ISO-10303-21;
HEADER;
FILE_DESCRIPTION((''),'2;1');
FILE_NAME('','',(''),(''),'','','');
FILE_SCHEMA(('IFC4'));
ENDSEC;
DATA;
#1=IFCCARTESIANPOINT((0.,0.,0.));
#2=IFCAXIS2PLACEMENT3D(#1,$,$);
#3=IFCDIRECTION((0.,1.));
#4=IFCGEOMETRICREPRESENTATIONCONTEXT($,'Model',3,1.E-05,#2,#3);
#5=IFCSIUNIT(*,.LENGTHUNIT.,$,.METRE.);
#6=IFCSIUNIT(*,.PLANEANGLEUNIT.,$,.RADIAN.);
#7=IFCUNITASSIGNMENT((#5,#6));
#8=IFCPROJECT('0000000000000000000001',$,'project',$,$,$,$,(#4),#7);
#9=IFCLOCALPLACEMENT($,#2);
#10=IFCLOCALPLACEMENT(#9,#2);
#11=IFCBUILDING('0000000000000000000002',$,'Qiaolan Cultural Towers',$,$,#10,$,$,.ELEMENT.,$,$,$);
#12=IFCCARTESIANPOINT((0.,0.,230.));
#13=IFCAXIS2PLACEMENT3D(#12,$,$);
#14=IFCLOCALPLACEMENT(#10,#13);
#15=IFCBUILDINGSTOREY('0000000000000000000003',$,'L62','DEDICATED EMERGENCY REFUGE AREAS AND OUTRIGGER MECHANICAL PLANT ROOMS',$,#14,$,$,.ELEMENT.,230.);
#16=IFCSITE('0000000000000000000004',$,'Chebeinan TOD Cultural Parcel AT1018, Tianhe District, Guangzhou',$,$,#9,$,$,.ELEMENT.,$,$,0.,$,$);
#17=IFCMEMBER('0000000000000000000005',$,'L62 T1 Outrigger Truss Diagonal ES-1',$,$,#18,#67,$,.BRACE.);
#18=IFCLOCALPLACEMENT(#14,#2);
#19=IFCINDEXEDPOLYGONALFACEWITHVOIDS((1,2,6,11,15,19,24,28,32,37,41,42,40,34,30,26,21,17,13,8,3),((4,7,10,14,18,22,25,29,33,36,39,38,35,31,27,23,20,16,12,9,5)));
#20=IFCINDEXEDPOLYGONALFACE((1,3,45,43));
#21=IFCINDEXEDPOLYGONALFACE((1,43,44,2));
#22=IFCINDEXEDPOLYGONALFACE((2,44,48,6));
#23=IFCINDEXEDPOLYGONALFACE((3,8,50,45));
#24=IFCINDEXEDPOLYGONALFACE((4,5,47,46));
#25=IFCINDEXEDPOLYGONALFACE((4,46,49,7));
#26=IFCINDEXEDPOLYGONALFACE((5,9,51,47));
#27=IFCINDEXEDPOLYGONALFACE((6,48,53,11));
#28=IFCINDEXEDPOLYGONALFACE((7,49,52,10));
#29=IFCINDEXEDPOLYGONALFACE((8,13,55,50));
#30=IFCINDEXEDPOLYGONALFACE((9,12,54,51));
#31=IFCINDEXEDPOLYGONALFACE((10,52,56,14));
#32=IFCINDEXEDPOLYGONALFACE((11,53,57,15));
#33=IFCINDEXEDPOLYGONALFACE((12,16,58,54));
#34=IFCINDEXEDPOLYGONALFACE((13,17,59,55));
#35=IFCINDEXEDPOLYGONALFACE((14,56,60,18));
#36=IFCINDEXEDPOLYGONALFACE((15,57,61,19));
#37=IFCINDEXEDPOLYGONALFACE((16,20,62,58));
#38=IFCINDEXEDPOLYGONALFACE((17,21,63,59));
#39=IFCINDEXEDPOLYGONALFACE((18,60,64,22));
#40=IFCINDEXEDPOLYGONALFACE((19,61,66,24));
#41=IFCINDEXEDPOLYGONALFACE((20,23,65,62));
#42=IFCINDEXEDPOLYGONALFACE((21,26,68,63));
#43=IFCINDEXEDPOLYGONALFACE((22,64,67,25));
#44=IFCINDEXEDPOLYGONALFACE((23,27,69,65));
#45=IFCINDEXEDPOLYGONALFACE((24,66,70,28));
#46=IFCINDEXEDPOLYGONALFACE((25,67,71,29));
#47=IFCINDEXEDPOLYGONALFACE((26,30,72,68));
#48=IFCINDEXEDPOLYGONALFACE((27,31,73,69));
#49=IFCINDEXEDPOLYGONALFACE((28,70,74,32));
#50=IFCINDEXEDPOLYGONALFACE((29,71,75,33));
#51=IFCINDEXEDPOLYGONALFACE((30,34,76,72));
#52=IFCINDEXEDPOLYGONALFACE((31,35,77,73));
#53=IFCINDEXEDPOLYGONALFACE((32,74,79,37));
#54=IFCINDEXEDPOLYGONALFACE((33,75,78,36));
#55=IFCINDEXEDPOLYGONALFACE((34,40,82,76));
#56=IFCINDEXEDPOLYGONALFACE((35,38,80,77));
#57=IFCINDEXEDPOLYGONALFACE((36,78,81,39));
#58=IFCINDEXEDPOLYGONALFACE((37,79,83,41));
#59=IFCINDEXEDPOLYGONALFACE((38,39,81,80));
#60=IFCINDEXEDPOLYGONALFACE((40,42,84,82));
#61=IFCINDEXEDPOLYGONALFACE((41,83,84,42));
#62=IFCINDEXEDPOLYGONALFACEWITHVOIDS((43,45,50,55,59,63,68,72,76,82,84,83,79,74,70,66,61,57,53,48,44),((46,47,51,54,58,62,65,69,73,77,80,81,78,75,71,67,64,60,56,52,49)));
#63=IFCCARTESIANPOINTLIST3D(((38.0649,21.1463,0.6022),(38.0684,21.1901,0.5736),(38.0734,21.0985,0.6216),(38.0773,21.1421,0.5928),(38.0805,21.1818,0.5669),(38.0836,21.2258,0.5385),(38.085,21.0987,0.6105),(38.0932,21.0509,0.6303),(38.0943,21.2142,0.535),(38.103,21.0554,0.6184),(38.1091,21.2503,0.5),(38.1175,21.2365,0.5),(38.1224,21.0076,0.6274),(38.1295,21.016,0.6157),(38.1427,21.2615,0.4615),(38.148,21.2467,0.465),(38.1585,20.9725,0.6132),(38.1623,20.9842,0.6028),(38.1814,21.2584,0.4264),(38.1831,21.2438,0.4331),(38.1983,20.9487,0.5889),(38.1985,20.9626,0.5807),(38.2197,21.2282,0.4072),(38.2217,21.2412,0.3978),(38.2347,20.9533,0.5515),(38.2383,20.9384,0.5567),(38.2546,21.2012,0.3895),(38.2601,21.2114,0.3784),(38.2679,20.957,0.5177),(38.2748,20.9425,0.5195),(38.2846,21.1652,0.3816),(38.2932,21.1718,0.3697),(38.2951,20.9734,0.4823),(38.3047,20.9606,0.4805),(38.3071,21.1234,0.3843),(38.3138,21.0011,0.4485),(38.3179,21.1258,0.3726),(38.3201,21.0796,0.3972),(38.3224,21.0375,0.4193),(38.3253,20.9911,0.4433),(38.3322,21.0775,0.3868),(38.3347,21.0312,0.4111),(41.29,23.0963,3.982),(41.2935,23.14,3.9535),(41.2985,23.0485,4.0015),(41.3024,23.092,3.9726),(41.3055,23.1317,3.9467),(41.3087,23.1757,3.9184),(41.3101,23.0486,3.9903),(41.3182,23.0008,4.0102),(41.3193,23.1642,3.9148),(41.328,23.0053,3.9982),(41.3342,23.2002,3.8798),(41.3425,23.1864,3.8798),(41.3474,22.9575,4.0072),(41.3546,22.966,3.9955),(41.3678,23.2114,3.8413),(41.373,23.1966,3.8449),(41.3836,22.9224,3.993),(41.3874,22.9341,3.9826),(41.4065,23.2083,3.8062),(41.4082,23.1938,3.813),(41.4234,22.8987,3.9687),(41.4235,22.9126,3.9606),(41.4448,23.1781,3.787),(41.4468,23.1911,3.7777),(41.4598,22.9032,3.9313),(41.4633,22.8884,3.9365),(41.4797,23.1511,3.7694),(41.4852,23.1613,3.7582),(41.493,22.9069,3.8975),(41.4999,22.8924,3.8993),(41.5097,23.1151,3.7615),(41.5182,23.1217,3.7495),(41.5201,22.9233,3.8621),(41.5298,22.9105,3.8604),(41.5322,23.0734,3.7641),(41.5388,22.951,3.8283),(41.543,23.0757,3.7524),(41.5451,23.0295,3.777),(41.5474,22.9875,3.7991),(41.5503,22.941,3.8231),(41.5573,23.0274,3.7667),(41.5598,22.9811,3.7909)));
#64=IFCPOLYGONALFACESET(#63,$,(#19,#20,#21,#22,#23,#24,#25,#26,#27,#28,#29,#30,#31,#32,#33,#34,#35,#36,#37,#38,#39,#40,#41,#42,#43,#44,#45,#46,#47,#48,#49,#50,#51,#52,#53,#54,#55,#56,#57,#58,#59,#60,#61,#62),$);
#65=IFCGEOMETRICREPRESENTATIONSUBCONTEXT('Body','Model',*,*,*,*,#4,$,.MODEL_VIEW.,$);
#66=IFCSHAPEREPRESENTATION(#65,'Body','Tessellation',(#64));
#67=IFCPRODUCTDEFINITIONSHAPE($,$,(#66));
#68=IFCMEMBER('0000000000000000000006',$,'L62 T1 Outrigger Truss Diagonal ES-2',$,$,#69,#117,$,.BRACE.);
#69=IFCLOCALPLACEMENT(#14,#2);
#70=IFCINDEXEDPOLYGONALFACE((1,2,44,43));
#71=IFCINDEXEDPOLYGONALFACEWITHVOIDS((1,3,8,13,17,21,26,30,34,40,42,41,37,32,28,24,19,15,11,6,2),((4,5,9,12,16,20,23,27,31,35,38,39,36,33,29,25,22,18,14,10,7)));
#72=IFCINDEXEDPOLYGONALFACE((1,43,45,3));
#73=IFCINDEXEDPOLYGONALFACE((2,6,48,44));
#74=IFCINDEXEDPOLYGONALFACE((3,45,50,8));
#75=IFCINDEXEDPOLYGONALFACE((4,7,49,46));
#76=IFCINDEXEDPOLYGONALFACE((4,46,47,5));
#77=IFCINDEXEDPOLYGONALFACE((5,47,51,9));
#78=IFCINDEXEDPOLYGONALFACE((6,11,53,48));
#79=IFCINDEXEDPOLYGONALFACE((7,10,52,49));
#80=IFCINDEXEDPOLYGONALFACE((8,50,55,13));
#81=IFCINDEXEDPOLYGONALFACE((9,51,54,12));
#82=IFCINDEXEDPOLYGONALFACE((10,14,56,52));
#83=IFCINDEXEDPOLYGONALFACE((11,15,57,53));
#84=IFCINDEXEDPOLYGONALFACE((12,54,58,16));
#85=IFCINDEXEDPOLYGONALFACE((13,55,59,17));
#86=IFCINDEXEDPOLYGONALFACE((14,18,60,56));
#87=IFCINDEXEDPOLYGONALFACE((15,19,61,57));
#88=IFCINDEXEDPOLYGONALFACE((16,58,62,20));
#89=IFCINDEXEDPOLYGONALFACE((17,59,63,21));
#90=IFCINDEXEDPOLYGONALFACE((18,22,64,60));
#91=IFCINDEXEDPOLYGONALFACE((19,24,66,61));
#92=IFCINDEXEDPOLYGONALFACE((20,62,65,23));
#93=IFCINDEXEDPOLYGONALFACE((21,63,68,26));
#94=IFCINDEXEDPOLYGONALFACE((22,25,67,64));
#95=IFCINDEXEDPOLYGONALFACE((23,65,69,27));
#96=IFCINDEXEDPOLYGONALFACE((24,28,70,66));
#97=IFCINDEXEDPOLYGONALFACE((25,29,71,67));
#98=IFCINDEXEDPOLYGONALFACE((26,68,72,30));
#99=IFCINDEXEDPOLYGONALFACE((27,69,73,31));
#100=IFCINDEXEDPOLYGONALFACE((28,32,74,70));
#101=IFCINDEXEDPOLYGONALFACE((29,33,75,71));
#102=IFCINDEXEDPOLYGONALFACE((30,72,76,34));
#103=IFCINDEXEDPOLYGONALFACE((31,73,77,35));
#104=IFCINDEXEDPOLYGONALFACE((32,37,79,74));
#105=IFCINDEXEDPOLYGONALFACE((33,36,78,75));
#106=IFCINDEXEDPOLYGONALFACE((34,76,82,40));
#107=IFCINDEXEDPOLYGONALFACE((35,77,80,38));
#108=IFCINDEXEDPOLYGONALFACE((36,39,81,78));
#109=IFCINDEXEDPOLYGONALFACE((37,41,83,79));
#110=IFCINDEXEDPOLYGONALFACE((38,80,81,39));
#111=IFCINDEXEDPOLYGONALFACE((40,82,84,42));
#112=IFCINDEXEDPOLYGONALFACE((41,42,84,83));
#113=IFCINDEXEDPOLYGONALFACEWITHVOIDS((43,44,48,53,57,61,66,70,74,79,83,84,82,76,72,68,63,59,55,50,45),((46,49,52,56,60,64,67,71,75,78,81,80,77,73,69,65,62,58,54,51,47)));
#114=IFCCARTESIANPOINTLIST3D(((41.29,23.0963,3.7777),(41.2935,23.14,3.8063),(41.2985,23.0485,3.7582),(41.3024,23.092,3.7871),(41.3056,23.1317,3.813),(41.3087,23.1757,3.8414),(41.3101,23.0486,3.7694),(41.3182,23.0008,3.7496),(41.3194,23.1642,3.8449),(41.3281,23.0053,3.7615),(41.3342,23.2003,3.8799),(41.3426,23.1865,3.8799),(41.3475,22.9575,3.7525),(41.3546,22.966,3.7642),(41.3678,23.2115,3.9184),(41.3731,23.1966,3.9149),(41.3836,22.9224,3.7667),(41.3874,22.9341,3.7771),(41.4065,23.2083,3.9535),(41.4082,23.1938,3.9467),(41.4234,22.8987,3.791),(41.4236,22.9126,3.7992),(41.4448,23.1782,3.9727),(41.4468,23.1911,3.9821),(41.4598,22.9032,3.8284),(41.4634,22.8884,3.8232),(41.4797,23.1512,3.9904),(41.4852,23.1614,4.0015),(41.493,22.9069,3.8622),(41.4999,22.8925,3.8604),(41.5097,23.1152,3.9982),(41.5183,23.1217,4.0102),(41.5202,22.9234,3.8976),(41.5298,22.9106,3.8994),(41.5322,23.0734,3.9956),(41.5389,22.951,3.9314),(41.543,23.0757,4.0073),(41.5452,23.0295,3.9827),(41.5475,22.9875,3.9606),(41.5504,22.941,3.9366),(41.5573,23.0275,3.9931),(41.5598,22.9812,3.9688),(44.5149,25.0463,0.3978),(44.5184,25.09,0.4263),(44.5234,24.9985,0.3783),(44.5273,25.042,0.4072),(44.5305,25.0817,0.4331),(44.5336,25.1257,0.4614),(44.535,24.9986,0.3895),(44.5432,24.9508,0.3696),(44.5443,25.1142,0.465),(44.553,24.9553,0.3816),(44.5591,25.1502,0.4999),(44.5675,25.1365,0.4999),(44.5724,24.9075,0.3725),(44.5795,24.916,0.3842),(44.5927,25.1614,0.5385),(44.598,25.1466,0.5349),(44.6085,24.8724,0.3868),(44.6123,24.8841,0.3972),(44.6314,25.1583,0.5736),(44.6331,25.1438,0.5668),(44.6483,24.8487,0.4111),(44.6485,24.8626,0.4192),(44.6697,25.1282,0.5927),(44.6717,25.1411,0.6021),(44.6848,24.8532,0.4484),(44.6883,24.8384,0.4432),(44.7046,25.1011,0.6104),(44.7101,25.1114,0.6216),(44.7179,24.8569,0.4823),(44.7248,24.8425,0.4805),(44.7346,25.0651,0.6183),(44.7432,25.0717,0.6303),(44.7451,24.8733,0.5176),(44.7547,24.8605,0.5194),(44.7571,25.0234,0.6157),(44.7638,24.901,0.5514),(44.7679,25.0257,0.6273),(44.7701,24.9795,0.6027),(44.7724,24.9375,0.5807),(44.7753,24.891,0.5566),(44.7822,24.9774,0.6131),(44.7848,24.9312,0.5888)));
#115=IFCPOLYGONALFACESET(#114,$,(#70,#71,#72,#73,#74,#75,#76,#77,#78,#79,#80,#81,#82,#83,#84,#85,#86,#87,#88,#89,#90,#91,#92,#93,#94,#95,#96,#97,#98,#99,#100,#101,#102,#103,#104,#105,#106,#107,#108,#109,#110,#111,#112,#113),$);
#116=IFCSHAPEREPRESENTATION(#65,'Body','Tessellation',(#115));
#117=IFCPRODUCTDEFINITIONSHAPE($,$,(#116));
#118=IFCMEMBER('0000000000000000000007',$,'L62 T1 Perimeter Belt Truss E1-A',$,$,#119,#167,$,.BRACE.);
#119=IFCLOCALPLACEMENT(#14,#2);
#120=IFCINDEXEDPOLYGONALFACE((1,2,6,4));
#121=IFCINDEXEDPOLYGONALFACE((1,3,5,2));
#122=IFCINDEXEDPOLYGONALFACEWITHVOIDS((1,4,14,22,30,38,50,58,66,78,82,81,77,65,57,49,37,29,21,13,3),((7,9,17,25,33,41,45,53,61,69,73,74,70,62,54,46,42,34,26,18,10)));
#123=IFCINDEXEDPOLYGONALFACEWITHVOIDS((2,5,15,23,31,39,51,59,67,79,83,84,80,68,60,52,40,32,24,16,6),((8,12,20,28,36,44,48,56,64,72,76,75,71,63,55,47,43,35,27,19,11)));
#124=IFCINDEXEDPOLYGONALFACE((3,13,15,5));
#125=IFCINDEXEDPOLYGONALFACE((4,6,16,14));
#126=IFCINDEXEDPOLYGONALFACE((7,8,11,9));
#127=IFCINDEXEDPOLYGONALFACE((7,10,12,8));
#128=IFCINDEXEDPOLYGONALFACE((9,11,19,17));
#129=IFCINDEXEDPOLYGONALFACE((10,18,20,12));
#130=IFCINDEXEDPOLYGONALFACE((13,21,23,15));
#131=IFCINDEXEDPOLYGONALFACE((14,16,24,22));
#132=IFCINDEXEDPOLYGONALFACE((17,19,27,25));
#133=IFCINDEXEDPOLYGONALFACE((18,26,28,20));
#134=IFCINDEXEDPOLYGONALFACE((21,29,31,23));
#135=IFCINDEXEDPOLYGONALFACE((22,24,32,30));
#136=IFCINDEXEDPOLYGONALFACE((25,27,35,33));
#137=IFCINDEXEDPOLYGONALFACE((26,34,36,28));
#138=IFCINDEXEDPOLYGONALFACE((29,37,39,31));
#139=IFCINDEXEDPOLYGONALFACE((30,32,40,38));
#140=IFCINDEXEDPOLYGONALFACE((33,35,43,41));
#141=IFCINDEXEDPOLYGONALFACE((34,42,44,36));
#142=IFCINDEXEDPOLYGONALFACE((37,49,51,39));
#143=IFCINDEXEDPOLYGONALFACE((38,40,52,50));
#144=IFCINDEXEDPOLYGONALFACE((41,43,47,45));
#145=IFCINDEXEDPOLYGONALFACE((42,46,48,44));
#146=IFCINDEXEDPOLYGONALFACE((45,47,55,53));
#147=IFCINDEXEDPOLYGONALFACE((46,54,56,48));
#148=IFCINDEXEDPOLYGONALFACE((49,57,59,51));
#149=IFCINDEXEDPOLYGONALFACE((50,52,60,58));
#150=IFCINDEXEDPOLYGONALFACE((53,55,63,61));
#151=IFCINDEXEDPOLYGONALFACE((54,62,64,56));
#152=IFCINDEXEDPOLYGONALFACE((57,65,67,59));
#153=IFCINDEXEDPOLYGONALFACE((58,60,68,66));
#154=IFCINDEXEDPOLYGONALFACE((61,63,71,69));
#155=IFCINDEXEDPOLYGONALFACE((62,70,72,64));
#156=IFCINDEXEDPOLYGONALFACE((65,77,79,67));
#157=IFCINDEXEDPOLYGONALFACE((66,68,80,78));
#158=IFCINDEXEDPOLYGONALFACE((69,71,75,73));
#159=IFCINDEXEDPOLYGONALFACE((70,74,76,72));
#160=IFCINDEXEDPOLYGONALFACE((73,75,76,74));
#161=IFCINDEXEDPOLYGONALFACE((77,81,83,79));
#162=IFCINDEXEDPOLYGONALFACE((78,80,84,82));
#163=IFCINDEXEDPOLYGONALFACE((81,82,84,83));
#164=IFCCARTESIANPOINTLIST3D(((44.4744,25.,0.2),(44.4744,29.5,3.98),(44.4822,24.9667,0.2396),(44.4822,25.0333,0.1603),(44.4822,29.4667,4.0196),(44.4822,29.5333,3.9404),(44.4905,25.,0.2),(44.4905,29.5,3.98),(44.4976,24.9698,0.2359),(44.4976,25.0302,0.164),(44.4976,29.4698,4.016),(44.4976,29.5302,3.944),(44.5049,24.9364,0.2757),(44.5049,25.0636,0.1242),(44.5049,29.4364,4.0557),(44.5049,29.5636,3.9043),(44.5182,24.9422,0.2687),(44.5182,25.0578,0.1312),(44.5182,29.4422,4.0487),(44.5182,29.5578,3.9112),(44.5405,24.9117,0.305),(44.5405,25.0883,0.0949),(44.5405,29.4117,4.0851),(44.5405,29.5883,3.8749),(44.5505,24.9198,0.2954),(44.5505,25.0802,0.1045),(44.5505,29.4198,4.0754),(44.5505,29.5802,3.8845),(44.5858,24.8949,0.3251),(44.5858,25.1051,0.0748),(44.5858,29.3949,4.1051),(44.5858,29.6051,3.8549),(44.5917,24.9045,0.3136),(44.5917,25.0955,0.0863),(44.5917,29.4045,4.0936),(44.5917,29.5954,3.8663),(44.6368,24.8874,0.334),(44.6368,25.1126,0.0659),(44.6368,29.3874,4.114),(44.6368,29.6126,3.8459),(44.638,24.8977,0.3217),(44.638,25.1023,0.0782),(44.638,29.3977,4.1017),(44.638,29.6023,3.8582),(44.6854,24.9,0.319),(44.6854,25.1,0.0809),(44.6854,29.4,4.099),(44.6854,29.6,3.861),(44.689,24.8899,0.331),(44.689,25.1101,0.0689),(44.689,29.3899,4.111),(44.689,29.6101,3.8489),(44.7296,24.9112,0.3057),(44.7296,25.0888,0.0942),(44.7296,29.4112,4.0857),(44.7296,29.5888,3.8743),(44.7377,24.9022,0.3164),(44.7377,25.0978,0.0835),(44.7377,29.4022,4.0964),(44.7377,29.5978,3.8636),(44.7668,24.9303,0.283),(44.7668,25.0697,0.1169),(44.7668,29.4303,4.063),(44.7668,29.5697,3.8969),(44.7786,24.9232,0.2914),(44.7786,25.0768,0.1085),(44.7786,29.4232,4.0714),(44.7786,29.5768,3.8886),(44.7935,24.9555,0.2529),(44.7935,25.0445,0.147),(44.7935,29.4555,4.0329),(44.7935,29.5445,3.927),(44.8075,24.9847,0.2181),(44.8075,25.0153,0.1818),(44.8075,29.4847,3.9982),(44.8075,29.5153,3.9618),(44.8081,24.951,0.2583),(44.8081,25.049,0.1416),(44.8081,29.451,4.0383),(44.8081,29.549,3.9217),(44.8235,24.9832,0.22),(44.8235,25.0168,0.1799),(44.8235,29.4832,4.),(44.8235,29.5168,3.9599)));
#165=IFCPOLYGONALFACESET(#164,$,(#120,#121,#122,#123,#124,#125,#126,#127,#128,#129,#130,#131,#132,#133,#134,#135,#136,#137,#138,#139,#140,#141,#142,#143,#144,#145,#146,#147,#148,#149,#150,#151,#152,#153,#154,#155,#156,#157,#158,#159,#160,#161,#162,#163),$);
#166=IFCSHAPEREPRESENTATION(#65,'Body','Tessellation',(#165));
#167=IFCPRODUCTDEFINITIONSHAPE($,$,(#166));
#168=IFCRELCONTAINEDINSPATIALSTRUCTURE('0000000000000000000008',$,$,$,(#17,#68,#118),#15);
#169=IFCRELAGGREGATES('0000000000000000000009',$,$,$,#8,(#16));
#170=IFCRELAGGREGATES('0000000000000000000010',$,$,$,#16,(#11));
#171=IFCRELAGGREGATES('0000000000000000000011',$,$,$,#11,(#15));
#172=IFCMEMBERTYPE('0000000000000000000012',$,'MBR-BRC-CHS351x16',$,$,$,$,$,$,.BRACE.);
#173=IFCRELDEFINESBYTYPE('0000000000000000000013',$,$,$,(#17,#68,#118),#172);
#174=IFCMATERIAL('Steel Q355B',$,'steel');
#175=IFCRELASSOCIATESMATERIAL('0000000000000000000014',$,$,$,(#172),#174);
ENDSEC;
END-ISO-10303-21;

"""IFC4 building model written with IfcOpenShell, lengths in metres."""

from ifc_helpers import new_model, si_unit, direction, frame, origin, origin_2d, place, context, subcontext, project, spatial, hollow_circle, extrude, material, material_profile, profile_set, type_object, element, save


model = new_model("IFC4")

# Units and contexts
model_context = context("Model", 3, precision=1e-05, world=origin(), true_north=direction((0.0, 1.0)))
body_context = subcontext(model_context, "Body", "Model", "MODEL_VIEW")
ifc_project = project(units=[si_unit("LENGTHUNIT", "METRE"), si_unit("PLANEANGLEUNIT", "RADIAN")], contexts=[model_context])

# Site, building, storey
site_placement = place(None, origin())
site = spatial("IfcSite", under=ifc_project, at=site_placement, Name="Chebeinan TOD Cultural Parcel AT1018, Tianhe District, Guangzhou", CompositionType="ELEMENT", RefElevation=0.0)
building_placement = place(site_placement, origin())
building = spatial("IfcBuilding", under=site, at=building_placement, Name="Qiaolan Cultural Towers", CompositionType="ELEMENT")
storey_placement = place(building_placement, frame((0.0, 0.0, 230.0)))
storey = spatial("IfcBuildingStorey", under=building, at=storey_placement, Name="L62", Description="DEDICATED EMERGENCY REFUGE AREAS AND OUTRIGGER MECHANICAL PLANT ROOMS", CompositionType="ELEMENT", Elevation=230.0)

# Members
ifc_material_1 = material(Name="Steel Q355B", Category="steel")
ifc_material_profile_1 = material_profile(ifc_material_1, hollow_circle(Radius=0.1755, WallThickness=0.0161, at=origin_2d()), Name="CHS351x16")
ifc_profile_set_1 = profile_set([ifc_material_profile_1], Name="Steel Q355B")
member_type_1 = type_object("IfcMemberType", Name="MBR-BRC-CHS351x16", PredefinedType="BRACE", material=ifc_profile_set_1)
for number, where, z_axis, x_axis, name in (
    (1, (38.2, 21.1001, 0.5), (0.637078, 0.385189, 0.667654), (-0.517398, 0.855745, 0.0), "L62 T1 Outrigger Truss Diagonal ES-1"),
    (2, (41.425, 23.05, 3.8799), (0.637049, 0.3852, -0.667674), (-0.517427, 0.855727, 0.0), "L62 T1 Outrigger Truss Diagonal ES-2"),
):
    element("IfcMember", number, at=place(storey_placement, frame(where, z_axis=z_axis, x_axis=x_axis)), inside=storey, type_object=member_type_1, Name=name, PredefinedType="BRACE", context=body_context, shape_type="SweptSolid", body=[
        extrude(hollow_circle(Radius=0.1755, WallThickness=0.0161, at=origin_2d()), origin(), (0.0, 0.0, 1.0), 5.0623),
    ])
for number, where, z_axis, x_axis, name in (
    (3, (44.6499, 25.0, 0.2), (0.0, 0.765702, 0.643195), (-1.0, 0.0, 0.0), "L62 T1 Perimeter Belt Truss E1-A"),
):
    element("IfcMember", number, at=place(storey_placement, frame(where, z_axis=z_axis, x_axis=x_axis)), inside=storey, type_object=member_type_1, Name=name, PredefinedType="BRACE", context=body_context, shape_type="SweptSolid", body=[
        extrude(hollow_circle(Radius=0.1755, WallThickness=0.0161, at=origin_2d()), origin(), (0.0, 0.0, 1.0), 5.877),
    ])

save(model, "model.ifc")
